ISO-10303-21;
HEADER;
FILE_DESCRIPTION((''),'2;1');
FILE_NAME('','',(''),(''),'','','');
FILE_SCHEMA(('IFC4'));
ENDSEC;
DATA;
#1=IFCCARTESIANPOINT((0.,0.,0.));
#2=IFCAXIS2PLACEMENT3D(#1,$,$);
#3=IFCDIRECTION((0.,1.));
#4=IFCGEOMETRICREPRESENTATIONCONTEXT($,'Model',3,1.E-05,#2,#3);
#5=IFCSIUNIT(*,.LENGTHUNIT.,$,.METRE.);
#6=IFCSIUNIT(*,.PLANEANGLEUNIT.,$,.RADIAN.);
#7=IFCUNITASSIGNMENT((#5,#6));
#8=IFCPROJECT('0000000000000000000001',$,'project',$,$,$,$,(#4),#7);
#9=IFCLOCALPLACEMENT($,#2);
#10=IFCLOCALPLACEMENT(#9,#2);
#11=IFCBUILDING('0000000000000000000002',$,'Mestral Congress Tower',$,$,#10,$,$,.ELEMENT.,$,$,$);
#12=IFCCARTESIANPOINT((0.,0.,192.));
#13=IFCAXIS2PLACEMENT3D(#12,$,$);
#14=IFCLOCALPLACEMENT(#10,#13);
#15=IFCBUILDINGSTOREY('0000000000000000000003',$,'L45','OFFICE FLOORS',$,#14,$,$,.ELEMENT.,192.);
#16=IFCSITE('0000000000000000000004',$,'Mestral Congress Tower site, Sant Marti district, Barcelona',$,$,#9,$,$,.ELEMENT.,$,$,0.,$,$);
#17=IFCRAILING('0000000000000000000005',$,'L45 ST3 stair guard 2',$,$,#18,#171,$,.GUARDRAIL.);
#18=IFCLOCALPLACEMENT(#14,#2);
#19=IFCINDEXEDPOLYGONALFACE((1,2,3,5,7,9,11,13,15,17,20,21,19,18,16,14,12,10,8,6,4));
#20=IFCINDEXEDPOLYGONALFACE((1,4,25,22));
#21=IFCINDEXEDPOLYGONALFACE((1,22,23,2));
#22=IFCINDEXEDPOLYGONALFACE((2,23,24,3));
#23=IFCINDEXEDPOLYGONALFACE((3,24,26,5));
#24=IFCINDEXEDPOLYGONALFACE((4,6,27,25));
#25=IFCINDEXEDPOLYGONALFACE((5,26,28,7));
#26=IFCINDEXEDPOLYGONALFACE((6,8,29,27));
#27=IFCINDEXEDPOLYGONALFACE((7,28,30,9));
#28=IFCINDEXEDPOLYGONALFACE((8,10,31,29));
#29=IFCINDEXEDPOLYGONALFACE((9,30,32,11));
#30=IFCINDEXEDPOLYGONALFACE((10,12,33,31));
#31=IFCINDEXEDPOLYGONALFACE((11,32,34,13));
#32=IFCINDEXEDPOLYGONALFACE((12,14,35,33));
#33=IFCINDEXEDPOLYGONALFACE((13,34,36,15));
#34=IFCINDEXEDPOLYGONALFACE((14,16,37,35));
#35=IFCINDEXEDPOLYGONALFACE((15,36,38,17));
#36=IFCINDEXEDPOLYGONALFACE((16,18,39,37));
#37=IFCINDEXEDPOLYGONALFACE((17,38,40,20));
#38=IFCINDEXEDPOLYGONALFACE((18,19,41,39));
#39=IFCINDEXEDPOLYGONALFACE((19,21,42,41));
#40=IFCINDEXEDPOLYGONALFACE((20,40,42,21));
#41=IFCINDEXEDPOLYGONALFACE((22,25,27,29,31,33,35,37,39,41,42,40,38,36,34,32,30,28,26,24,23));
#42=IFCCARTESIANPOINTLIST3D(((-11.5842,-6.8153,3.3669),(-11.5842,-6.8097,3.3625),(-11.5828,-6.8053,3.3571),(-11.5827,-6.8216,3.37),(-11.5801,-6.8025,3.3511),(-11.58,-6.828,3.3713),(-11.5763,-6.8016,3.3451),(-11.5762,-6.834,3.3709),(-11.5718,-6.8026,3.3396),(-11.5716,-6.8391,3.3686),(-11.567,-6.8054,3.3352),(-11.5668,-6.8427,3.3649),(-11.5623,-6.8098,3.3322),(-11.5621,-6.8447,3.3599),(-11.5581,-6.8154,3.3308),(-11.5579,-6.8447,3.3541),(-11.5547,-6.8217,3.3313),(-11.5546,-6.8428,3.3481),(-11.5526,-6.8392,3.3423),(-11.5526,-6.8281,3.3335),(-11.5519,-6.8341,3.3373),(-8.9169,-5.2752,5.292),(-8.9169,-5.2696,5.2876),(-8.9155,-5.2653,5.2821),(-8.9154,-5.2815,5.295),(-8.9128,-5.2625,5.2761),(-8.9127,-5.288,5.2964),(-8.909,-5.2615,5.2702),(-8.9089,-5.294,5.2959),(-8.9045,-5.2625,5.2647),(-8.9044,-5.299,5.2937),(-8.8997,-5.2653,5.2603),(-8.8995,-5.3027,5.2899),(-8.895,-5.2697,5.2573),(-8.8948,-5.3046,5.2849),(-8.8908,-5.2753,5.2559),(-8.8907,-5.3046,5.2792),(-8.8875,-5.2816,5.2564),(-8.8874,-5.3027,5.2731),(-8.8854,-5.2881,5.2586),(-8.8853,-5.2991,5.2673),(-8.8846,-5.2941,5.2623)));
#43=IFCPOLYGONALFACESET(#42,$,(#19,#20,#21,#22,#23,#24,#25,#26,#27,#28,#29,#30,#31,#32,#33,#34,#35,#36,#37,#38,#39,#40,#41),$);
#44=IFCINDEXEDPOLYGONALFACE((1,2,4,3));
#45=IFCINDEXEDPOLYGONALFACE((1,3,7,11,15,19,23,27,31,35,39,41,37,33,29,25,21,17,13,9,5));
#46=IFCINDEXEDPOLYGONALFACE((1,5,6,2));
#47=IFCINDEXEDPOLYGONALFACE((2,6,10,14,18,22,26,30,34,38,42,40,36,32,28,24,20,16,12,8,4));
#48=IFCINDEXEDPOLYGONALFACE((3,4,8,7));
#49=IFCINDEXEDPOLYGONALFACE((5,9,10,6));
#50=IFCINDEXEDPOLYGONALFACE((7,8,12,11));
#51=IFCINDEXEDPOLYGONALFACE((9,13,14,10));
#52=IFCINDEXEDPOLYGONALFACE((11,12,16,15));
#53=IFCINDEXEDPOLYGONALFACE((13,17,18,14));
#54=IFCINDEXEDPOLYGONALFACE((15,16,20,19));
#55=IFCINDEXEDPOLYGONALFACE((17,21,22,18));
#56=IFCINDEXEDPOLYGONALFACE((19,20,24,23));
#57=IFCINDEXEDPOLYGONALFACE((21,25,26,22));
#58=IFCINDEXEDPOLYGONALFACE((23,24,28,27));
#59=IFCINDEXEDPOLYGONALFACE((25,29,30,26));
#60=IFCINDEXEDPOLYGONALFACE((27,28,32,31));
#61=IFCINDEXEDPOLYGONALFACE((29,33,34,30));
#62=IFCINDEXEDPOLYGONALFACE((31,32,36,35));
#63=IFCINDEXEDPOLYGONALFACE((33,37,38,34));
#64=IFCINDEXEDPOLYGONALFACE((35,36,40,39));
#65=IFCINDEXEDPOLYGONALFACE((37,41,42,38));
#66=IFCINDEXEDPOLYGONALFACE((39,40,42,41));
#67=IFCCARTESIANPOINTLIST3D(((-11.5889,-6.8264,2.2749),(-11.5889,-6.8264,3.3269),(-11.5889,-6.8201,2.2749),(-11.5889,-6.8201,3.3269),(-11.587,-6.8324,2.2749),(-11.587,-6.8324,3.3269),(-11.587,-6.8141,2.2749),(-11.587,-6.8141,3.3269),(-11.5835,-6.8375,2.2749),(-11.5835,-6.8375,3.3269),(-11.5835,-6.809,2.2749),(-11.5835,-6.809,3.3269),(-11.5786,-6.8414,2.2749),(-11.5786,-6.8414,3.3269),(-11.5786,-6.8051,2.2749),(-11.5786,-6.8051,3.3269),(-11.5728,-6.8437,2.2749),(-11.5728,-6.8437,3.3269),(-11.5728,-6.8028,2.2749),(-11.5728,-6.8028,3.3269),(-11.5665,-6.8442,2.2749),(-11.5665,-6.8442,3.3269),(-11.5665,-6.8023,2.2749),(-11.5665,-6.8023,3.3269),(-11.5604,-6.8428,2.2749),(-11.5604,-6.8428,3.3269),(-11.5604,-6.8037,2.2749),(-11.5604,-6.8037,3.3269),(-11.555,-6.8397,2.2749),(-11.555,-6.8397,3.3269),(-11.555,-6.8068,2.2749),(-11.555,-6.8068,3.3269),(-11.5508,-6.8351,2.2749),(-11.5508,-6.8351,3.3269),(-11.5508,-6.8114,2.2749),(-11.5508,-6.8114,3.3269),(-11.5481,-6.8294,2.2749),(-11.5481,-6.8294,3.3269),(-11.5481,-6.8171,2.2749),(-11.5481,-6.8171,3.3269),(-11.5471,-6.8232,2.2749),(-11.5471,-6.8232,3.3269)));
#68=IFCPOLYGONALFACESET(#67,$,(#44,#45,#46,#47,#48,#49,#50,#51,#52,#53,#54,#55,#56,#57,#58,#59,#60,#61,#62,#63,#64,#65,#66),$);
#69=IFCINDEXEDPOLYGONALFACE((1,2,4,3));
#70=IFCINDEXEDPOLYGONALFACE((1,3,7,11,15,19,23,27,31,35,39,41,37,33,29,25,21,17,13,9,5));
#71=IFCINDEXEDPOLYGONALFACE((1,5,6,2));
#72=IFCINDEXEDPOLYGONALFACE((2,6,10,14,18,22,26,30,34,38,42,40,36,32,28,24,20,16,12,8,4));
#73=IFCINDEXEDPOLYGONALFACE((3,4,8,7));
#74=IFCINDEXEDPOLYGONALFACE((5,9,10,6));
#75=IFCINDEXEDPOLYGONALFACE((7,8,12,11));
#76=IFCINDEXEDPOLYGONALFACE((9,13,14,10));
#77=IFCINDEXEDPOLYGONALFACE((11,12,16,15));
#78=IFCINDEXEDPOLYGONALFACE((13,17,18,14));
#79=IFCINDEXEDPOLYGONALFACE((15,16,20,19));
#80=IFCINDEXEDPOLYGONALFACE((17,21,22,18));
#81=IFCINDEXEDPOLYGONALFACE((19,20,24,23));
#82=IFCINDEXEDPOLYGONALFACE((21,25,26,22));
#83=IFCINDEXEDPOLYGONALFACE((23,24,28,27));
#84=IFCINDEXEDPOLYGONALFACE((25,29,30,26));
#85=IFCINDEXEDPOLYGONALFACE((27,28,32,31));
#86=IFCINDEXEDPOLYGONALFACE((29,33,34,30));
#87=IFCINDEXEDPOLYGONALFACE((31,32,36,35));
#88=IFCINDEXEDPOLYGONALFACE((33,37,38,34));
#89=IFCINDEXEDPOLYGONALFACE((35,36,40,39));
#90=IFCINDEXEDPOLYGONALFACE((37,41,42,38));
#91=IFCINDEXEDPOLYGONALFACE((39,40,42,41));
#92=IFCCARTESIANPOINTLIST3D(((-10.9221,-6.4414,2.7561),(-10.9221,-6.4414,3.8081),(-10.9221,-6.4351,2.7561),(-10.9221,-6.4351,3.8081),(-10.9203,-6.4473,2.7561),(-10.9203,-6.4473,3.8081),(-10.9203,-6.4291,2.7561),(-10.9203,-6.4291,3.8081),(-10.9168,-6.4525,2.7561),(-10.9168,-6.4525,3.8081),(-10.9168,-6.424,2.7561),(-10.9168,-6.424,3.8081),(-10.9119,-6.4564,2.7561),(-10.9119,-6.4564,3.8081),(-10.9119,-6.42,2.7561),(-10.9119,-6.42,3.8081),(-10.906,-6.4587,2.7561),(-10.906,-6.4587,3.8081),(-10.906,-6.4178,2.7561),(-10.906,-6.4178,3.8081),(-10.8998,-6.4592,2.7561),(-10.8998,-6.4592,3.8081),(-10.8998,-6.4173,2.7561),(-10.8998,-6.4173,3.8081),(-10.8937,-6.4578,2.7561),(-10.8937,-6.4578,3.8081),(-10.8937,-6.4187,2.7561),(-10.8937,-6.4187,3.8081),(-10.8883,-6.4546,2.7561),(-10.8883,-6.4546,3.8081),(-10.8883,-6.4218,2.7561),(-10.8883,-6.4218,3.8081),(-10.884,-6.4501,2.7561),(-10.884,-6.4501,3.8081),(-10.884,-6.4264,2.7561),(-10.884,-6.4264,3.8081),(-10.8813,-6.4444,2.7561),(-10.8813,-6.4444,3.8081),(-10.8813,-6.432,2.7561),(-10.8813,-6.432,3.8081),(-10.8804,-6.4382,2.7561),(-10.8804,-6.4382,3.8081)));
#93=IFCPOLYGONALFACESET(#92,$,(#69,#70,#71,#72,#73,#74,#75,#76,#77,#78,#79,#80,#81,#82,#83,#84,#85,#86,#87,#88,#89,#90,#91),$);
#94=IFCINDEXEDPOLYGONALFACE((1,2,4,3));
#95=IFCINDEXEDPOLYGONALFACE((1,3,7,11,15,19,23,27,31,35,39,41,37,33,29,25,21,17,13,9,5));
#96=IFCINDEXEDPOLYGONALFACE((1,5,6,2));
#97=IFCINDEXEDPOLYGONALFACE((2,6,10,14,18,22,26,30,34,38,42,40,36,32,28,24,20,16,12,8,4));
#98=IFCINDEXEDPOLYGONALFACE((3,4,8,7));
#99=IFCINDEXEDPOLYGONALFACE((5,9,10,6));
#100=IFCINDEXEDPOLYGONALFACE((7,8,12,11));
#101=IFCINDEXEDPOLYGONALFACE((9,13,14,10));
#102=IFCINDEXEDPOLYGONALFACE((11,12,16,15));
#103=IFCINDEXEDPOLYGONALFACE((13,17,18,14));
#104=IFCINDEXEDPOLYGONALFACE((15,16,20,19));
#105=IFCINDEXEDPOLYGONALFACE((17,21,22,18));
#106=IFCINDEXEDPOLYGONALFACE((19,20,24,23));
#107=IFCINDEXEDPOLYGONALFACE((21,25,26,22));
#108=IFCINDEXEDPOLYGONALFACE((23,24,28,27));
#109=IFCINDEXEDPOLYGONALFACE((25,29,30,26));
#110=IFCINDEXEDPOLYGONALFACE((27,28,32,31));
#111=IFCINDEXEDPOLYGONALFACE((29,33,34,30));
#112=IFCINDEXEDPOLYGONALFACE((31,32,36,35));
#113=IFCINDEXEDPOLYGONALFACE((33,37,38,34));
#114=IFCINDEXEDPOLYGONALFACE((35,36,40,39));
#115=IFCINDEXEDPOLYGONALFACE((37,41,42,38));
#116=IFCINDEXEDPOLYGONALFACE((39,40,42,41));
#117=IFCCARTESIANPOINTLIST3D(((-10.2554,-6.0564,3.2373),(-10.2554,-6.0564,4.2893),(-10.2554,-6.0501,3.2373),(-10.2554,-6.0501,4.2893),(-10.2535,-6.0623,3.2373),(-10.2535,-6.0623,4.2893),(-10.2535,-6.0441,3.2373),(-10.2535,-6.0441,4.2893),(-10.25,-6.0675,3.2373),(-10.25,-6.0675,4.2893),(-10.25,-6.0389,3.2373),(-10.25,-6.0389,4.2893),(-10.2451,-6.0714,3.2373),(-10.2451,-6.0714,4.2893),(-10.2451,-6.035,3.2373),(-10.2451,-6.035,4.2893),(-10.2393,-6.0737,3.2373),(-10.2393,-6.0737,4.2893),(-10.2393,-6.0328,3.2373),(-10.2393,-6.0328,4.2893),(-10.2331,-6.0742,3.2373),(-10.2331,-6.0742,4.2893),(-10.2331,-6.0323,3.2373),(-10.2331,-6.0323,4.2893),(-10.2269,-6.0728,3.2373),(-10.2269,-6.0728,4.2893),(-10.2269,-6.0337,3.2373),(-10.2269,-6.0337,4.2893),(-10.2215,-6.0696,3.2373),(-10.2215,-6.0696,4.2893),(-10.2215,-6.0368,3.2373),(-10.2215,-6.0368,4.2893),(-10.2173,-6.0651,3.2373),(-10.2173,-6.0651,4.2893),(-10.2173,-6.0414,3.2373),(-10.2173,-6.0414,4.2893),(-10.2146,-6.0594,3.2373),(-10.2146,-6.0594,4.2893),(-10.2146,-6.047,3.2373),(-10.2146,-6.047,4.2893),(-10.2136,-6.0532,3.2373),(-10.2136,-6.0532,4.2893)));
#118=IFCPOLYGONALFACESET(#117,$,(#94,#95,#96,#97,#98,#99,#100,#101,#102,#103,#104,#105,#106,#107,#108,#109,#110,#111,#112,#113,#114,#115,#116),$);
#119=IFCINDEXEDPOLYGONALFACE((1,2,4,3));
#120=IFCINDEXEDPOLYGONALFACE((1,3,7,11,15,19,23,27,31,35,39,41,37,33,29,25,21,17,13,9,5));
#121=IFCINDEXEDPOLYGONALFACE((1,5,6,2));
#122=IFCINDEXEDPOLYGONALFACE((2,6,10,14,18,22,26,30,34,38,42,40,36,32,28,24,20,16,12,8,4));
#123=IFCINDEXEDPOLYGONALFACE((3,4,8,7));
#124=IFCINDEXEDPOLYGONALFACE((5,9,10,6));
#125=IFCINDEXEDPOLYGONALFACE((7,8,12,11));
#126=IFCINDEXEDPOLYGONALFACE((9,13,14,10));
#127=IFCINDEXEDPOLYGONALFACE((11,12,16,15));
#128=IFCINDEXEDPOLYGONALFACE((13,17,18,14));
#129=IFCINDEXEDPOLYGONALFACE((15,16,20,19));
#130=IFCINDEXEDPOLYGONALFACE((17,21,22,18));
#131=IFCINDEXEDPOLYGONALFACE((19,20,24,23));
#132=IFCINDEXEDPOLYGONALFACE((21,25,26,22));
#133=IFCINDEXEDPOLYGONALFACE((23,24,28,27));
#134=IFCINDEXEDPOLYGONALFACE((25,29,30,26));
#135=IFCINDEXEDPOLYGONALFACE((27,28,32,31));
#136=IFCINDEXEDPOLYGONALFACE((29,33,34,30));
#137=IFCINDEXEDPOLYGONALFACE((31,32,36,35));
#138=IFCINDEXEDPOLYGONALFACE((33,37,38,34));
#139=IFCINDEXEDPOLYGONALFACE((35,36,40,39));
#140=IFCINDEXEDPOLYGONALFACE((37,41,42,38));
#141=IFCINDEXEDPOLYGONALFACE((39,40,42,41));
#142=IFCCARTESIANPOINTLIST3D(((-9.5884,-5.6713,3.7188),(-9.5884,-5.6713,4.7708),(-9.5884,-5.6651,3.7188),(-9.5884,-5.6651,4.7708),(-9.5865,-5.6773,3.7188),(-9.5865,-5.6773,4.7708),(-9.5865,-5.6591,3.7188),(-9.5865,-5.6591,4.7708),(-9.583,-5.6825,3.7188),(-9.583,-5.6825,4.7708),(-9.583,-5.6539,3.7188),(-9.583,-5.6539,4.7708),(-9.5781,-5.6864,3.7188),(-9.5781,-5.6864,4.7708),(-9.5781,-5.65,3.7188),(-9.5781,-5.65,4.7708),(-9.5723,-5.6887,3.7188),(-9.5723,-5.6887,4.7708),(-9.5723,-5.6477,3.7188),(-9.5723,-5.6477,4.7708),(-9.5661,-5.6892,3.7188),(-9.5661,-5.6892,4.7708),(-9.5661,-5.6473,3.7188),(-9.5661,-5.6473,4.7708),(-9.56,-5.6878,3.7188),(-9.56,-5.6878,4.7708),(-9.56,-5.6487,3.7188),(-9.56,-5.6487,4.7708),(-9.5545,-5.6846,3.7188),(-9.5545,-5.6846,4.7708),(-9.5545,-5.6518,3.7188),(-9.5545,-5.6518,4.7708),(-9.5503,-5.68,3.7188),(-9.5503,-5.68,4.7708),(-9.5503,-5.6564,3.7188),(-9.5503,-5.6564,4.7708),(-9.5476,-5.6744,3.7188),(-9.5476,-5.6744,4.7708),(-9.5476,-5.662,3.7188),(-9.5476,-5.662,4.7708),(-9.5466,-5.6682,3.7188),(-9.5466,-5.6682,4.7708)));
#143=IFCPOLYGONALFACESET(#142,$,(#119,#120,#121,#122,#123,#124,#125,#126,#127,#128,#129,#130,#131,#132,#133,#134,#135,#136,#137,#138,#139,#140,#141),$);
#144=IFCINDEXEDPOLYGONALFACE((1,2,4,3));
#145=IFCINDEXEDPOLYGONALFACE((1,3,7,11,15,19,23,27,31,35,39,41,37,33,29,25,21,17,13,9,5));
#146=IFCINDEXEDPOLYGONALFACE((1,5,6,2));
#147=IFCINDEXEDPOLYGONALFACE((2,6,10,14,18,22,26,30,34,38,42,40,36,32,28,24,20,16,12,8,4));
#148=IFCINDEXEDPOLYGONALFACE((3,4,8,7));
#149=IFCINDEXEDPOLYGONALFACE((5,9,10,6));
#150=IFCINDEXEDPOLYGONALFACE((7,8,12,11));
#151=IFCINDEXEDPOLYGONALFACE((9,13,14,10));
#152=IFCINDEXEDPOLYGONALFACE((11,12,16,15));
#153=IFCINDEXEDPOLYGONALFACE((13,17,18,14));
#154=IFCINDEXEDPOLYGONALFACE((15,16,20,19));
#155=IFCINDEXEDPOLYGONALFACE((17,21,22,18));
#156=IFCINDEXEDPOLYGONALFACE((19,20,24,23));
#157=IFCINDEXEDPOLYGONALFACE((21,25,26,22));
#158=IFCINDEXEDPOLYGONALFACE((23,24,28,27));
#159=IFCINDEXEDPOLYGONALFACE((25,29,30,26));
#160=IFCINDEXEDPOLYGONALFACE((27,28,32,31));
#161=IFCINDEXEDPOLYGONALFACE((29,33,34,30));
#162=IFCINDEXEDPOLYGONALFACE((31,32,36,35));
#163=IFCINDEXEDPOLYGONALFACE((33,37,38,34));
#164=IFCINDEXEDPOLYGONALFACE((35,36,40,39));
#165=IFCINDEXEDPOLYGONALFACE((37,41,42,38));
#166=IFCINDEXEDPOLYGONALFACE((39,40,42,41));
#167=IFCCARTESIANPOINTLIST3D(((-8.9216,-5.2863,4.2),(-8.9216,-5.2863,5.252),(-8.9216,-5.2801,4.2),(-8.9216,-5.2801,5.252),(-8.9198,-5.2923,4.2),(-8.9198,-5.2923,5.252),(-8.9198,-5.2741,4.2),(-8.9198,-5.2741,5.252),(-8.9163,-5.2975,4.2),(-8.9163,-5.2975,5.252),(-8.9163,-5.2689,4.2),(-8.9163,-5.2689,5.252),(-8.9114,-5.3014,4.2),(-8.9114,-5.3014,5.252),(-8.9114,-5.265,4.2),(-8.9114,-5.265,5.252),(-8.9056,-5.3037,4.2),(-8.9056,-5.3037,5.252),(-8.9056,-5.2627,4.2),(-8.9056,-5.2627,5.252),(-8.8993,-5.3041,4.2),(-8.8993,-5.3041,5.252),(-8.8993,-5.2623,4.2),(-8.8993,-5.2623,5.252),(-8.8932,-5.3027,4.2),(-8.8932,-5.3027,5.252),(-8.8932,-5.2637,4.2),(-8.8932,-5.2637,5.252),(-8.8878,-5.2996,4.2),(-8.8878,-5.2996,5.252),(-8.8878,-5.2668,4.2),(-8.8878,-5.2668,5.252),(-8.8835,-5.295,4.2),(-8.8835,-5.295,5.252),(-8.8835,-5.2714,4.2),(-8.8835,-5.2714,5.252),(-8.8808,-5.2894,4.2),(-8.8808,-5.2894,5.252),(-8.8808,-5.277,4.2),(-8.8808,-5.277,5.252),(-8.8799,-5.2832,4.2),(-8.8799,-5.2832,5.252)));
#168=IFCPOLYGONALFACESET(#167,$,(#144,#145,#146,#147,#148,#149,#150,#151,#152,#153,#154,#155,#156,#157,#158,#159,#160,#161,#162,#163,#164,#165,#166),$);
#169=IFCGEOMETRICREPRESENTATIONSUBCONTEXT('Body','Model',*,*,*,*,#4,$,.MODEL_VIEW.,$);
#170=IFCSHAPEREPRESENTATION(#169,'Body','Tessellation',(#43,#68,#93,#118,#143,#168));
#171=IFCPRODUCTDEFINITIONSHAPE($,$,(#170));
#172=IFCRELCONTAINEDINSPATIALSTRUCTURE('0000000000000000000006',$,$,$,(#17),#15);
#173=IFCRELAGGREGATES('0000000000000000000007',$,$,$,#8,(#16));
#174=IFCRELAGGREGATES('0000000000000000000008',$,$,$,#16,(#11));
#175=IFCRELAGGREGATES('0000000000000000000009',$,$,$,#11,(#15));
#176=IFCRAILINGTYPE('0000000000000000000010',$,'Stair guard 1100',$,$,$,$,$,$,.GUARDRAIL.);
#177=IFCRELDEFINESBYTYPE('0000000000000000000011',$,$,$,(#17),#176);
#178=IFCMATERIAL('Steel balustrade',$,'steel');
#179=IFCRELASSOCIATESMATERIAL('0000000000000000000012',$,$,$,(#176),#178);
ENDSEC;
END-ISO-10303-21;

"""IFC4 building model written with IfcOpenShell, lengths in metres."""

from ifc_helpers import new_model, si_unit, direction, frame, origin, origin_2d, place, context, subcontext, project, spatial, circle, extrude, material, type_object, element, save


model = new_model("IFC4")

# Units and contexts
model_context = context("Model", 3, precision=1e-05, world=origin(), true_north=direction((0.0, 1.0)))
body_context = subcontext(model_context, "Body", "Model", "MODEL_VIEW")
ifc_project = project(units=[si_unit("LENGTHUNIT", "METRE"), si_unit("PLANEANGLEUNIT", "RADIAN")], contexts=[model_context])

# Site, building, storey
site_placement = place(None, origin())
site = spatial("IfcSite", under=ifc_project, at=site_placement, Name="Mestral Congress Tower site, Sant Marti district, Barcelona", CompositionType="ELEMENT", RefElevation=0.0)
building_placement = place(site_placement, origin())
building = spatial("IfcBuilding", under=site, at=building_placement, Name="Mestral Congress Tower", CompositionType="ELEMENT")
storey_placement = place(building_placement, frame((0.0, 0.0, 192.0)))
storey = spatial("IfcBuildingStorey", under=building, at=storey_placement, Name="L45", Description="OFFICE FLOORS", CompositionType="ELEMENT", Elevation=192.0)

# Railing
ifc_material_1 = material(Name="Steel balustrade", Category="steel")
railing_type_1 = type_object("IfcRailingType", Name="Stair guard 1100", PredefinedType="GUARDRAIL", material=ifc_material_1)
railing_1_placement = place(storey_placement, frame((-11.5681, -6.8232, 2.2749)))
element("IfcRailing", 1, at=railing_1_placement, inside=storey, type_object=railing_type_1, Name="L45 ST3 stair guard 2", PredefinedType="GUARDRAIL", context=body_context, shape_type="SweptSolid", body=[
    extrude(circle(Radius=0.0239, at=origin_2d()), frame((0.0, 0.0, 1.0762), z_axis=(0.734364, 0.424015, 0.530019), x_axis=(-0.500027, 0.86601, 0.0)), (0.0, 0.0, 1.0), 3.6321),
    extrude(circle(Radius=0.021, at=origin_2d()), origin(), (0.0, 0.0, 1.0), 1.052),
    extrude(circle(Radius=0.021, at=origin_2d()), frame((0.6667, 0.385, 0.4812)), (0.0, 0.0, 1.0), 1.052),
    extrude(circle(Radius=0.021, at=origin_2d()), frame((1.3335, 0.77, 0.9624)), (0.0, 0.0, 1.0), 1.052),
    extrude(circle(Radius=0.021, at=origin_2d()), frame((2.0005, 1.155, 1.4438)), (0.0, 0.0, 1.0), 1.052),
    extrude(circle(Radius=0.021, at=origin_2d()), frame((2.6672, 1.54, 1.925)), (0.0, 0.0, 1.0), 1.052),
])

save(model, "model.ifc")
